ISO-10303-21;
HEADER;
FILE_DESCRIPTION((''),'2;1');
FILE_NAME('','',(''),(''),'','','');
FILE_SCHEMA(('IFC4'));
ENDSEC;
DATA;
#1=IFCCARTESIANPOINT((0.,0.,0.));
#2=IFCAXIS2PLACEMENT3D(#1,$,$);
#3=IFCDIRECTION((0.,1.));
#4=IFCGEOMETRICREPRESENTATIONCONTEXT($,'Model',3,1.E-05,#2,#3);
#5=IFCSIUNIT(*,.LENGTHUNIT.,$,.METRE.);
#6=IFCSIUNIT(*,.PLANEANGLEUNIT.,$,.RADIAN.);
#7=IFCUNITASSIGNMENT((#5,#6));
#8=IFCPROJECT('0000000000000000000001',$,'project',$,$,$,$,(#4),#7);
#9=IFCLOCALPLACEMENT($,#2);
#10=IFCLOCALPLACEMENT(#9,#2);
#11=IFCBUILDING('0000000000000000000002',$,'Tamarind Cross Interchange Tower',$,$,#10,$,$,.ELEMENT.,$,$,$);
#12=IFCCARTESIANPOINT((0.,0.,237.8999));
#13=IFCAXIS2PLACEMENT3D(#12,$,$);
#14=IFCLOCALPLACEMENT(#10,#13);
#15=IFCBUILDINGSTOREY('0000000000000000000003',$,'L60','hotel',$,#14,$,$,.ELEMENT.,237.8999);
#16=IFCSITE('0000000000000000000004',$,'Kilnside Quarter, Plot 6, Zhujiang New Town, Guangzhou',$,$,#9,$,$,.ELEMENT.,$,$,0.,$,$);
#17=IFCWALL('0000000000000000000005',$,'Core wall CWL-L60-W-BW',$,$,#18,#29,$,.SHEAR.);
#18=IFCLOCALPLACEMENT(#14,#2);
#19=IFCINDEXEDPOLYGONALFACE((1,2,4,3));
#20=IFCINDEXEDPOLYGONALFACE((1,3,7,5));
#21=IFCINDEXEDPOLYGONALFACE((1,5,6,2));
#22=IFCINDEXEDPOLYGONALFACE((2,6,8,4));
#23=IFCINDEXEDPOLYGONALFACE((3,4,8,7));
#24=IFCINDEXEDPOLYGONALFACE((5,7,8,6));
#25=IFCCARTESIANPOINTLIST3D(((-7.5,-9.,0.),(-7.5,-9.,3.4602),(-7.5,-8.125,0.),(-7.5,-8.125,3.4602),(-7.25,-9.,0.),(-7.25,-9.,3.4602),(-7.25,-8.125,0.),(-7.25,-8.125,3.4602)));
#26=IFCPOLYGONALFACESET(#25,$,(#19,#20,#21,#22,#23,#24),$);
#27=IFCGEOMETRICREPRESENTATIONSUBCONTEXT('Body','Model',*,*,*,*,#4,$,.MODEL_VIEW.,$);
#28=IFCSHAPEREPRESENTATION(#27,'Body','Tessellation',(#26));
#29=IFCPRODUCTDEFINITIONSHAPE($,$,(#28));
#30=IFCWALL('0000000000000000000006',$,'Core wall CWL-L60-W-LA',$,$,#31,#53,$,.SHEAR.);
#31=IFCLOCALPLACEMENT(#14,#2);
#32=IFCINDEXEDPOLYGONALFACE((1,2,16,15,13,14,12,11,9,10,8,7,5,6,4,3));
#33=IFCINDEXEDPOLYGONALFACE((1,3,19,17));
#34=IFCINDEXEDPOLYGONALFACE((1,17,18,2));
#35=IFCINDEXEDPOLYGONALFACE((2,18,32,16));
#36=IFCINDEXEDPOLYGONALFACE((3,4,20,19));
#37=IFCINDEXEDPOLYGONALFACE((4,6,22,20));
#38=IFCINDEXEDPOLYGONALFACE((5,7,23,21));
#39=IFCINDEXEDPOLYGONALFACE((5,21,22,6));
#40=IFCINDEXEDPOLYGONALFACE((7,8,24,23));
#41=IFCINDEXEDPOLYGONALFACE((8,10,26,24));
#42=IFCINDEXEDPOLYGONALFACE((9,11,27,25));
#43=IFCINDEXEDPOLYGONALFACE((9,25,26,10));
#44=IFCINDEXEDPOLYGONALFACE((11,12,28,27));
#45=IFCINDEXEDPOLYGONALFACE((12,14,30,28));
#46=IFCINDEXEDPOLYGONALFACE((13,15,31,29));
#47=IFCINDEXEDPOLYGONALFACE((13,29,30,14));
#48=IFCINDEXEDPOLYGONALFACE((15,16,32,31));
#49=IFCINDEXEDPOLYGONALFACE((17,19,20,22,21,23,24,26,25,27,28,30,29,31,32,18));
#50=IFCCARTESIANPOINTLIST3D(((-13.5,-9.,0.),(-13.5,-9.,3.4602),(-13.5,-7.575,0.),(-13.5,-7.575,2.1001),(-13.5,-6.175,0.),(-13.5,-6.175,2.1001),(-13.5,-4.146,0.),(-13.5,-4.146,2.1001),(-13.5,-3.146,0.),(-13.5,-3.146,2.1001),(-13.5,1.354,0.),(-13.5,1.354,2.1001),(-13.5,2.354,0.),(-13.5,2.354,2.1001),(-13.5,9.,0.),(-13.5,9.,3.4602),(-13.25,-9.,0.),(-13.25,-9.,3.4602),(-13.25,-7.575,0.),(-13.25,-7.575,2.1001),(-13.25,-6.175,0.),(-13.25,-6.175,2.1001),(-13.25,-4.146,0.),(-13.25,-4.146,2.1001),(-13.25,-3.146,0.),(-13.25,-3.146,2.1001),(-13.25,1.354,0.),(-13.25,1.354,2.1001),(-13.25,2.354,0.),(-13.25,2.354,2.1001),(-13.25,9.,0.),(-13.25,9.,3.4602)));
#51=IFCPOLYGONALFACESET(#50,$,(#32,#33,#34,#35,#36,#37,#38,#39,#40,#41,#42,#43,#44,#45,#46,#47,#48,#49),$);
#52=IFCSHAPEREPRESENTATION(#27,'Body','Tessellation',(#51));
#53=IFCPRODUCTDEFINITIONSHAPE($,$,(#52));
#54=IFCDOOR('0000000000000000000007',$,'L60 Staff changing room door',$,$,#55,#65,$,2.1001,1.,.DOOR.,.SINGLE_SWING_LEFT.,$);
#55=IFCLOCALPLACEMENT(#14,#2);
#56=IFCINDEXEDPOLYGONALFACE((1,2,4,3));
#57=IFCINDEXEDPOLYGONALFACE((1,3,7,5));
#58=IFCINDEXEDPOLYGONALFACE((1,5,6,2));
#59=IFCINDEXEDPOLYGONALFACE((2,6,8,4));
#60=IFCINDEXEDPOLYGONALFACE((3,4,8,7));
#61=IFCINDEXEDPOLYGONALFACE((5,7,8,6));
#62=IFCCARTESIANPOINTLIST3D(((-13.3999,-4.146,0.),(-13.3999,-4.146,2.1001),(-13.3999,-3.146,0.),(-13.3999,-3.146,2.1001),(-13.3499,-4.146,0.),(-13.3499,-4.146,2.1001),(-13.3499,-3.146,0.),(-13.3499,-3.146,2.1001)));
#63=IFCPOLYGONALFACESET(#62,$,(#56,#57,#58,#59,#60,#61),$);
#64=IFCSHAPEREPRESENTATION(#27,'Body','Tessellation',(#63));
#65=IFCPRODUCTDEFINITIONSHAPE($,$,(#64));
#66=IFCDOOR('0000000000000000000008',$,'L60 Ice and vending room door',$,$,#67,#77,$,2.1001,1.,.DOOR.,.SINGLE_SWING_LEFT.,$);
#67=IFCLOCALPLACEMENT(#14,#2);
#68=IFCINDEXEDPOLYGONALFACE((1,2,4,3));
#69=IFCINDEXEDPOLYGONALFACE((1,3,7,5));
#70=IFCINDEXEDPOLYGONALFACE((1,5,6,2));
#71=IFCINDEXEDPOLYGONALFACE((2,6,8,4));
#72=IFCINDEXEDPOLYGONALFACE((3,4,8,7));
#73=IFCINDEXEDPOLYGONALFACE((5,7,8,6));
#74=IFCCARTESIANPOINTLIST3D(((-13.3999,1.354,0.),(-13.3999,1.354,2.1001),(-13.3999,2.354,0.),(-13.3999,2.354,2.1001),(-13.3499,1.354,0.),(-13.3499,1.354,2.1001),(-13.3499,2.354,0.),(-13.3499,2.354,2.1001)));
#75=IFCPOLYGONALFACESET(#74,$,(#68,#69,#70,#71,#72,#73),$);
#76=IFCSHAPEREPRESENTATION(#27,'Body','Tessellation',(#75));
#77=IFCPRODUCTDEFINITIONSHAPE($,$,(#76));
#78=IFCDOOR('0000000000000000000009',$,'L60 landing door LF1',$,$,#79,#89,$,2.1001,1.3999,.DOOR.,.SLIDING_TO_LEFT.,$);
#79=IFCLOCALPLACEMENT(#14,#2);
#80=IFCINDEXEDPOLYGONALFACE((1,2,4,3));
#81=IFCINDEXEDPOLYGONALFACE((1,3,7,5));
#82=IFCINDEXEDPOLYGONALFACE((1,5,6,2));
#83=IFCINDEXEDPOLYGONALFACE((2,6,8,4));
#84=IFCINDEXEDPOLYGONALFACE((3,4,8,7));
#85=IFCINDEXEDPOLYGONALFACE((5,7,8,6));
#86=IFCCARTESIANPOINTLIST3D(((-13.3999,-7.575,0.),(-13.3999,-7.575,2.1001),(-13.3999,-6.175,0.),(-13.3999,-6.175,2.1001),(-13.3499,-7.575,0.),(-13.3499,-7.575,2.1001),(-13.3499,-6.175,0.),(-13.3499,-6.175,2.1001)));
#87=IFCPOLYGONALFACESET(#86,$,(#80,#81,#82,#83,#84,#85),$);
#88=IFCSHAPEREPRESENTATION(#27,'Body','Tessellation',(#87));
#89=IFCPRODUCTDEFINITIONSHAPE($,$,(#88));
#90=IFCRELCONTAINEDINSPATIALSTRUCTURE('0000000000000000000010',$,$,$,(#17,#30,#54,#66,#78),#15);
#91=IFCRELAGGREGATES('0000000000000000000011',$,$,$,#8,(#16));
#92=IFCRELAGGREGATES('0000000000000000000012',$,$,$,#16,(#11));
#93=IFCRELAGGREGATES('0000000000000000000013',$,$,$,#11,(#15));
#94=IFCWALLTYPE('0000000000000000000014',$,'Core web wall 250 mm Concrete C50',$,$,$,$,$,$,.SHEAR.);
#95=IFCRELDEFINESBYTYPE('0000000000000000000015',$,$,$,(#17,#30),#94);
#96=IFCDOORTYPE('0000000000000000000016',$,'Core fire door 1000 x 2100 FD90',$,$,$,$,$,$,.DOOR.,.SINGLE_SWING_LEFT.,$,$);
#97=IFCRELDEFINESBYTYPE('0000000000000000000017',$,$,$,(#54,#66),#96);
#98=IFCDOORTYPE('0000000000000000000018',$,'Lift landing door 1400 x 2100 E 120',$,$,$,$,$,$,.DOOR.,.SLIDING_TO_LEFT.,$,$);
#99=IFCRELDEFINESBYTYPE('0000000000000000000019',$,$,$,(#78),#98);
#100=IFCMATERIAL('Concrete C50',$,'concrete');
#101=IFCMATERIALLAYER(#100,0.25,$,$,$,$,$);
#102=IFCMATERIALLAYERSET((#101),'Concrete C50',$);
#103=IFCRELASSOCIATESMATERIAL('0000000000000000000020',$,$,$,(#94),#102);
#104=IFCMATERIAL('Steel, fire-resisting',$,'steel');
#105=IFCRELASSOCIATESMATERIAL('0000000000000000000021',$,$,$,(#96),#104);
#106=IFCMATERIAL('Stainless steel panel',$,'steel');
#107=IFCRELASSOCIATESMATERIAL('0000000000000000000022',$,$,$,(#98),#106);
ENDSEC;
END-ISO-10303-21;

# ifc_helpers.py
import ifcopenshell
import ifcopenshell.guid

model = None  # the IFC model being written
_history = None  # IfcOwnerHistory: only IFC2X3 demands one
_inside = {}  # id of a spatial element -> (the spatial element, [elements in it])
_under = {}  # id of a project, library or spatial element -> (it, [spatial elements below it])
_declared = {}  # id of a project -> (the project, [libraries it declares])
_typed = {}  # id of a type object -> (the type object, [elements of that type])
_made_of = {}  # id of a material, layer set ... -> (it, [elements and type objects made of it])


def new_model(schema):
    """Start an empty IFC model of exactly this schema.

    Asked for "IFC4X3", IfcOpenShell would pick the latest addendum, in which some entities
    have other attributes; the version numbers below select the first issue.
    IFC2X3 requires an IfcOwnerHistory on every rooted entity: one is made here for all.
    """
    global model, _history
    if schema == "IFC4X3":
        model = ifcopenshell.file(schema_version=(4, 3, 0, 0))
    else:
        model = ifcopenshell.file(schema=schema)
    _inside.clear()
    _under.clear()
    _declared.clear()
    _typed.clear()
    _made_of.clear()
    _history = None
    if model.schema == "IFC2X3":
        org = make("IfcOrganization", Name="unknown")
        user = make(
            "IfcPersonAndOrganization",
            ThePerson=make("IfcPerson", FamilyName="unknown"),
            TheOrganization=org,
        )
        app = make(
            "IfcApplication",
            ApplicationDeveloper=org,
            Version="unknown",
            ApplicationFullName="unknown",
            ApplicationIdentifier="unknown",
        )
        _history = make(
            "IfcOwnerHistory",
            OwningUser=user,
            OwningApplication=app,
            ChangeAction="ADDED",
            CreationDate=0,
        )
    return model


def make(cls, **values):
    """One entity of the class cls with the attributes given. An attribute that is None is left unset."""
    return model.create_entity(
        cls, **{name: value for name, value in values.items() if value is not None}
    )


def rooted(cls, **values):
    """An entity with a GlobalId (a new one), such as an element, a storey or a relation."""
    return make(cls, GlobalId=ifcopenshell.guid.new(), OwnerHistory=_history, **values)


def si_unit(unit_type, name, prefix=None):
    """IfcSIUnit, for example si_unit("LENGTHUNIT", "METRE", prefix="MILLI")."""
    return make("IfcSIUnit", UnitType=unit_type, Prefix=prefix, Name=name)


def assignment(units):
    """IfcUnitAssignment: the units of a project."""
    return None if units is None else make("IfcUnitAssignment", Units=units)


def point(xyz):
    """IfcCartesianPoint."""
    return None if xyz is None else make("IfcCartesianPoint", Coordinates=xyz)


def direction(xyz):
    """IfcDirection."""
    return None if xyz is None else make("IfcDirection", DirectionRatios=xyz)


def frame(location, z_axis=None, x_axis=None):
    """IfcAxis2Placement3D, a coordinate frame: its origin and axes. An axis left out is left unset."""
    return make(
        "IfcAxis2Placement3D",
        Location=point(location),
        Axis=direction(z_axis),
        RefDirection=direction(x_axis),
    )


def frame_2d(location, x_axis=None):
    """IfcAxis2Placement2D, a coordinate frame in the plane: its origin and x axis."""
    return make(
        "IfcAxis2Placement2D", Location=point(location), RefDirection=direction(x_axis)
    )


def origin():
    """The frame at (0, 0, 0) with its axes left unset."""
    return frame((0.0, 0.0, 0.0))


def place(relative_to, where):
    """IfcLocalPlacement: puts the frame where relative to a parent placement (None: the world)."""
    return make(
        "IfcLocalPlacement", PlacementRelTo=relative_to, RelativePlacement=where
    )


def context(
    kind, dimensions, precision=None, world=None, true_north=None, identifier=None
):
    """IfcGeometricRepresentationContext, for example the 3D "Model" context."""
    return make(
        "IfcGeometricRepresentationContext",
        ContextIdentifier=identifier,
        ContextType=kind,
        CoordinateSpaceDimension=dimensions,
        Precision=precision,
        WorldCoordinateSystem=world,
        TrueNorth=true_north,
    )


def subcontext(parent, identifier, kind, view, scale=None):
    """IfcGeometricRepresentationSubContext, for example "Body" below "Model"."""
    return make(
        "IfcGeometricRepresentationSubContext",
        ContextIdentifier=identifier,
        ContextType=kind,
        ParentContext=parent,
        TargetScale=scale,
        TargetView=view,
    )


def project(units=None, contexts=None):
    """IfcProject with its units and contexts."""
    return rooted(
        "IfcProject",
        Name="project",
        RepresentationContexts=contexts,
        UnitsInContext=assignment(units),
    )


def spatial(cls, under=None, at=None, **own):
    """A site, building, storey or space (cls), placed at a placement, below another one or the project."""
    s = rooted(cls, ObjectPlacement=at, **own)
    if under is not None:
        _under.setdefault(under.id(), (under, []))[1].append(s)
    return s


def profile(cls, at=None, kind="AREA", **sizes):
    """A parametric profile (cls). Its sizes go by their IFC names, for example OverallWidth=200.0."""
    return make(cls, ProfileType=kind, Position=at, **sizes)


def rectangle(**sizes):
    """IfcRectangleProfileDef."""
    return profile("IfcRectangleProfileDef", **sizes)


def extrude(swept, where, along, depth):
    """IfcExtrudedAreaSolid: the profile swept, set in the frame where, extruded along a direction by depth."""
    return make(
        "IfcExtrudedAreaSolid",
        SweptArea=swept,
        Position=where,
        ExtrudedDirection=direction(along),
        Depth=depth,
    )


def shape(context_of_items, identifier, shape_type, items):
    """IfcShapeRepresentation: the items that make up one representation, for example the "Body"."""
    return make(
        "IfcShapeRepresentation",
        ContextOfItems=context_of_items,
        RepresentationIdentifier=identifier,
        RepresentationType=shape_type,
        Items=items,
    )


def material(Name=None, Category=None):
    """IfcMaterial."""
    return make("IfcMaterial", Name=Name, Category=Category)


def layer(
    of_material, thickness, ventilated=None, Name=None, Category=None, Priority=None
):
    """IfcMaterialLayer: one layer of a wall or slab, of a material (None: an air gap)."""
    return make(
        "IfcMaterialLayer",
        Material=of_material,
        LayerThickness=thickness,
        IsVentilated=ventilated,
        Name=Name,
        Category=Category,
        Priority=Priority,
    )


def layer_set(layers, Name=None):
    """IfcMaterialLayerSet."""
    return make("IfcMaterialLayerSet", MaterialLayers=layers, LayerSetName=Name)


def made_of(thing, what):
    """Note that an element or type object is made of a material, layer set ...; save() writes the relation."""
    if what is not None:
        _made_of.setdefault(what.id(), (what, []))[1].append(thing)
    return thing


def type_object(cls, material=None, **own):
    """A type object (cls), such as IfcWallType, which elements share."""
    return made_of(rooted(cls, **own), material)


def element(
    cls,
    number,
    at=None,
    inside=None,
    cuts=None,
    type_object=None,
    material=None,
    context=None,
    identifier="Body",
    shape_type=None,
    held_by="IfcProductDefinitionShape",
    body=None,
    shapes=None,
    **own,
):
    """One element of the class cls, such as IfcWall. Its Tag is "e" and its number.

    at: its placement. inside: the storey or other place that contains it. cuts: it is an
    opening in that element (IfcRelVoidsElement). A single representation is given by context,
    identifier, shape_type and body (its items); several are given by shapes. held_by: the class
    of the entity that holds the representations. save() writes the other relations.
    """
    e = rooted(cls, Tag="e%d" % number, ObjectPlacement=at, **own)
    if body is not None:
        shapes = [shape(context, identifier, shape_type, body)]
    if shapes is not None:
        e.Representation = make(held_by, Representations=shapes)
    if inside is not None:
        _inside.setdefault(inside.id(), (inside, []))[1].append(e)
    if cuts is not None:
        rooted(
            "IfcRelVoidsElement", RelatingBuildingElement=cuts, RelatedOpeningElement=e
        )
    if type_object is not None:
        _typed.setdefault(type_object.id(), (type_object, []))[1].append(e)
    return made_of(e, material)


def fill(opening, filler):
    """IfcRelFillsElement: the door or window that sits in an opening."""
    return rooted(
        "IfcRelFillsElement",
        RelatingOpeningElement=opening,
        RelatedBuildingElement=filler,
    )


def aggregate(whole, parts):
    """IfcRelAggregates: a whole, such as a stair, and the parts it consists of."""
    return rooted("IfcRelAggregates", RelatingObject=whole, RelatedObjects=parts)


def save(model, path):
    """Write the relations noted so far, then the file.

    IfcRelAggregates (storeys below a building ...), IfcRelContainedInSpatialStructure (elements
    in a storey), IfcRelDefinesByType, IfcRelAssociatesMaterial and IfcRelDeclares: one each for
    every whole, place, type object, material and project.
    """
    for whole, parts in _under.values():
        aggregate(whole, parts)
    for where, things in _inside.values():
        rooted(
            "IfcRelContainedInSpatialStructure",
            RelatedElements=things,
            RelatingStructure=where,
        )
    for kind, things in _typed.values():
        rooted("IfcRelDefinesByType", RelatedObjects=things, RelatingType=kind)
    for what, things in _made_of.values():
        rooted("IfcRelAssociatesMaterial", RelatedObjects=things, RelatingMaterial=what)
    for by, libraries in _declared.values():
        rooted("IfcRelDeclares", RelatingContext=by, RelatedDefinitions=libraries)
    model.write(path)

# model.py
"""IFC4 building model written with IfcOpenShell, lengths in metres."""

from ifc_helpers import new_model, si_unit, direction, frame, frame_2d, origin, place, context, subcontext, project, spatial, rectangle, extrude, material, layer, layer_set, type_object, element, fill, save


model = new_model("IFC4")

# Units and contexts
model_context = context("Model", 3, precision=1e-05, world=origin(), true_north=direction((0.0, 1.0)))
body_context = subcontext(model_context, "Body", "Model", "MODEL_VIEW")
ifc_project = project(units=[si_unit("LENGTHUNIT", "METRE"), si_unit("PLANEANGLEUNIT", "RADIAN")], contexts=[model_context])

# Site, building, storey
site_placement = place(None, origin())
site = spatial("IfcSite", under=ifc_project, at=site_placement, Name="Kilnside Quarter, Plot 6, Zhujiang New Town, Guangzhou", CompositionType="ELEMENT", RefElevation=0.0)
building_placement = place(site_placement, origin())
building = spatial("IfcBuilding", under=site, at=building_placement, Name="Tamarind Cross Interchange Tower", CompositionType="ELEMENT")
storey_placement = place(building_placement, frame((0.0, 0.0, 237.8999)))
storey = spatial("IfcBuildingStorey", under=building, at=storey_placement, Name="L60", Description="hotel", CompositionType="ELEMENT", Elevation=237.8999)

# Wall
ifc_material_1 = material(Name="Concrete C50", Category="concrete")
ifc_layer_1 = layer(ifc_material_1, 0.25)
ifc_layer_set_1 = layer_set([ifc_layer_1], Name="Concrete C50")
wall_type_1 = type_object("IfcWallType", Name="Core web wall 250 mm Concrete C50", PredefinedType="SHEAR", material=ifc_layer_set_1)
wall_1_placement = place(storey_placement, frame((-7.375, -9.0, 0.0), z_axis=(0.0, 0.0, 1.0), x_axis=(0.0, 1.0, 0.0)))
element("IfcWall", 1, at=wall_1_placement, inside=storey, type_object=wall_type_1, Name="Core wall CWL-L60-W-BW", PredefinedType="SHEAR", context=body_context, shape_type="SweptSolid", body=[
    extrude(rectangle(XDim=0.875, YDim=0.25, at=frame_2d((0.4375, 0.0))), origin(), (0.0, 0.0, 1.0), 3.4602),
])

# Wall, openings, doors
wall_2_placement = place(storey_placement, frame((-13.375, -9.0, 0.0), z_axis=(0.0, 0.0, 1.0), x_axis=(0.0, 1.0, 0.0)))
wall_2 = element("IfcWall", 2, at=wall_2_placement, inside=storey, type_object=wall_type_1, Name="Core wall CWL-L60-W-LA", PredefinedType="SHEAR", context=body_context, shape_type="SweptSolid", body=[
    extrude(rectangle(XDim=18.0, YDim=0.25, at=frame_2d((9.0, 0.0))), origin(), (0.0, 0.0, 1.0), 3.4602),
])
opening_1_placement = place(wall_2_placement, frame((1.425, 0.0, 0.0)))
opening_1 = element("IfcOpeningElement", 3, at=opening_1_placement, cuts=wall_2, PredefinedType="OPENING", context=body_context, shape_type="SweptSolid", body=[
    extrude(rectangle(XDim=1.3999, YDim=2.1001, at=frame_2d((0.7, 1.05))), frame((0.0, 0.135, 0.0), z_axis=(0.0, -1.0, 0.0), x_axis=(1.0, 0.0, 0.0)), (0.0, 0.0, 1.0), 0.27),
])
opening_2_placement = place(wall_2_placement, frame((4.854, 0.0, 0.0)))
opening_2 = element("IfcOpeningElement", 4, at=opening_2_placement, cuts=wall_2, PredefinedType="OPENING", context=body_context, shape_type="SweptSolid", body=[
    extrude(rectangle(XDim=1.0, YDim=2.1001, at=frame_2d((0.5, 1.05))), frame((0.0, 0.135, 0.0), z_axis=(0.0, -1.0, 0.0), x_axis=(1.0, 0.0, 0.0)), (0.0, 0.0, 1.0), 0.27),
])
opening_3_placement = place(wall_2_placement, frame((10.354, 0.0, 0.0)))
opening_3 = element("IfcOpeningElement", 5, at=opening_3_placement, cuts=wall_2, PredefinedType="OPENING", context=body_context, shape_type="SweptSolid", body=[
    extrude(rectangle(XDim=1.0, YDim=2.1001, at=frame_2d((0.5, 1.05))), frame((0.0, 0.135, 0.0), z_axis=(0.0, -1.0, 0.0), x_axis=(1.0, 0.0, 0.0)), (0.0, 0.0, 1.0), 0.27),
])
ifc_material_2 = material(Name="Steel, fire-resisting", Category="steel")
door_type_1 = type_object("IfcDoorType", Name="Core fire door 1000 x 2100 FD90", OperationType="SINGLE_SWING_LEFT", PredefinedType="DOOR", material=ifc_material_2)
door_1_placement = place(opening_2_placement, origin())
door_1 = element("IfcDoor", 6, at=door_1_placement, inside=storey, type_object=door_type_1, Name="L60 Staff changing room door", OperationType="SINGLE_SWING_LEFT", OverallHeight=2.1001, OverallWidth=1.0, PredefinedType="DOOR", context=body_context, shape_type="SweptSolid", body=[
    extrude(rectangle(XDim=1.0, YDim=2.1001, at=frame_2d((0.5, 1.05))), frame((0.0, 0.0249, 0.0), z_axis=(0.0, -1.0, 0.0), x_axis=(1.0, 0.0, 0.0)), (0.0, 0.0, 1.0), 0.05),
])
fill(opening_2, door_1)
door_2_placement = place(opening_3_placement, origin())
door_2 = element("IfcDoor", 7, at=door_2_placement, inside=storey, type_object=door_type_1, Name="L60 Ice and vending room door", OperationType="SINGLE_SWING_LEFT", OverallHeight=2.1001, OverallWidth=1.0, PredefinedType="DOOR", context=body_context, shape_type="SweptSolid", body=[
    extrude(rectangle(XDim=1.0, YDim=2.1001, at=frame_2d((0.5, 1.05))), frame((0.0, 0.0249, 0.0), z_axis=(0.0, -1.0, 0.0), x_axis=(1.0, 0.0, 0.0)), (0.0, 0.0, 1.0), 0.05),
])
fill(opening_3, door_2)
ifc_material_3 = material(Name="Stainless steel panel", Category="steel")
door_type_2 = type_object("IfcDoorType", Name="Lift landing door 1400 x 2100 E 120", OperationType="SLIDING_TO_LEFT", PredefinedType="DOOR", material=ifc_material_3)
door_3_placement = place(opening_1_placement, origin())
door_3 = element("IfcDoor", 8, at=door_3_placement, inside=storey, type_object=door_type_2, Name="L60 landing door LF1", OperationType="SLIDING_TO_LEFT", OverallHeight=2.1001, OverallWidth=1.3999, PredefinedType="DOOR", context=body_context, shape_type="SweptSolid", body=[
    extrude(rectangle(XDim=1.3999, YDim=2.1001, at=frame_2d((0.7, 1.05))), frame((0.0, 0.0249, 0.0), z_axis=(0.0, -1.0, 0.0), x_axis=(1.0, 0.0, 0.0)), (0.0, 0.0, 1.0), 0.05),
])
fill(opening_1, door_3)

save(model, "model.ifc")
